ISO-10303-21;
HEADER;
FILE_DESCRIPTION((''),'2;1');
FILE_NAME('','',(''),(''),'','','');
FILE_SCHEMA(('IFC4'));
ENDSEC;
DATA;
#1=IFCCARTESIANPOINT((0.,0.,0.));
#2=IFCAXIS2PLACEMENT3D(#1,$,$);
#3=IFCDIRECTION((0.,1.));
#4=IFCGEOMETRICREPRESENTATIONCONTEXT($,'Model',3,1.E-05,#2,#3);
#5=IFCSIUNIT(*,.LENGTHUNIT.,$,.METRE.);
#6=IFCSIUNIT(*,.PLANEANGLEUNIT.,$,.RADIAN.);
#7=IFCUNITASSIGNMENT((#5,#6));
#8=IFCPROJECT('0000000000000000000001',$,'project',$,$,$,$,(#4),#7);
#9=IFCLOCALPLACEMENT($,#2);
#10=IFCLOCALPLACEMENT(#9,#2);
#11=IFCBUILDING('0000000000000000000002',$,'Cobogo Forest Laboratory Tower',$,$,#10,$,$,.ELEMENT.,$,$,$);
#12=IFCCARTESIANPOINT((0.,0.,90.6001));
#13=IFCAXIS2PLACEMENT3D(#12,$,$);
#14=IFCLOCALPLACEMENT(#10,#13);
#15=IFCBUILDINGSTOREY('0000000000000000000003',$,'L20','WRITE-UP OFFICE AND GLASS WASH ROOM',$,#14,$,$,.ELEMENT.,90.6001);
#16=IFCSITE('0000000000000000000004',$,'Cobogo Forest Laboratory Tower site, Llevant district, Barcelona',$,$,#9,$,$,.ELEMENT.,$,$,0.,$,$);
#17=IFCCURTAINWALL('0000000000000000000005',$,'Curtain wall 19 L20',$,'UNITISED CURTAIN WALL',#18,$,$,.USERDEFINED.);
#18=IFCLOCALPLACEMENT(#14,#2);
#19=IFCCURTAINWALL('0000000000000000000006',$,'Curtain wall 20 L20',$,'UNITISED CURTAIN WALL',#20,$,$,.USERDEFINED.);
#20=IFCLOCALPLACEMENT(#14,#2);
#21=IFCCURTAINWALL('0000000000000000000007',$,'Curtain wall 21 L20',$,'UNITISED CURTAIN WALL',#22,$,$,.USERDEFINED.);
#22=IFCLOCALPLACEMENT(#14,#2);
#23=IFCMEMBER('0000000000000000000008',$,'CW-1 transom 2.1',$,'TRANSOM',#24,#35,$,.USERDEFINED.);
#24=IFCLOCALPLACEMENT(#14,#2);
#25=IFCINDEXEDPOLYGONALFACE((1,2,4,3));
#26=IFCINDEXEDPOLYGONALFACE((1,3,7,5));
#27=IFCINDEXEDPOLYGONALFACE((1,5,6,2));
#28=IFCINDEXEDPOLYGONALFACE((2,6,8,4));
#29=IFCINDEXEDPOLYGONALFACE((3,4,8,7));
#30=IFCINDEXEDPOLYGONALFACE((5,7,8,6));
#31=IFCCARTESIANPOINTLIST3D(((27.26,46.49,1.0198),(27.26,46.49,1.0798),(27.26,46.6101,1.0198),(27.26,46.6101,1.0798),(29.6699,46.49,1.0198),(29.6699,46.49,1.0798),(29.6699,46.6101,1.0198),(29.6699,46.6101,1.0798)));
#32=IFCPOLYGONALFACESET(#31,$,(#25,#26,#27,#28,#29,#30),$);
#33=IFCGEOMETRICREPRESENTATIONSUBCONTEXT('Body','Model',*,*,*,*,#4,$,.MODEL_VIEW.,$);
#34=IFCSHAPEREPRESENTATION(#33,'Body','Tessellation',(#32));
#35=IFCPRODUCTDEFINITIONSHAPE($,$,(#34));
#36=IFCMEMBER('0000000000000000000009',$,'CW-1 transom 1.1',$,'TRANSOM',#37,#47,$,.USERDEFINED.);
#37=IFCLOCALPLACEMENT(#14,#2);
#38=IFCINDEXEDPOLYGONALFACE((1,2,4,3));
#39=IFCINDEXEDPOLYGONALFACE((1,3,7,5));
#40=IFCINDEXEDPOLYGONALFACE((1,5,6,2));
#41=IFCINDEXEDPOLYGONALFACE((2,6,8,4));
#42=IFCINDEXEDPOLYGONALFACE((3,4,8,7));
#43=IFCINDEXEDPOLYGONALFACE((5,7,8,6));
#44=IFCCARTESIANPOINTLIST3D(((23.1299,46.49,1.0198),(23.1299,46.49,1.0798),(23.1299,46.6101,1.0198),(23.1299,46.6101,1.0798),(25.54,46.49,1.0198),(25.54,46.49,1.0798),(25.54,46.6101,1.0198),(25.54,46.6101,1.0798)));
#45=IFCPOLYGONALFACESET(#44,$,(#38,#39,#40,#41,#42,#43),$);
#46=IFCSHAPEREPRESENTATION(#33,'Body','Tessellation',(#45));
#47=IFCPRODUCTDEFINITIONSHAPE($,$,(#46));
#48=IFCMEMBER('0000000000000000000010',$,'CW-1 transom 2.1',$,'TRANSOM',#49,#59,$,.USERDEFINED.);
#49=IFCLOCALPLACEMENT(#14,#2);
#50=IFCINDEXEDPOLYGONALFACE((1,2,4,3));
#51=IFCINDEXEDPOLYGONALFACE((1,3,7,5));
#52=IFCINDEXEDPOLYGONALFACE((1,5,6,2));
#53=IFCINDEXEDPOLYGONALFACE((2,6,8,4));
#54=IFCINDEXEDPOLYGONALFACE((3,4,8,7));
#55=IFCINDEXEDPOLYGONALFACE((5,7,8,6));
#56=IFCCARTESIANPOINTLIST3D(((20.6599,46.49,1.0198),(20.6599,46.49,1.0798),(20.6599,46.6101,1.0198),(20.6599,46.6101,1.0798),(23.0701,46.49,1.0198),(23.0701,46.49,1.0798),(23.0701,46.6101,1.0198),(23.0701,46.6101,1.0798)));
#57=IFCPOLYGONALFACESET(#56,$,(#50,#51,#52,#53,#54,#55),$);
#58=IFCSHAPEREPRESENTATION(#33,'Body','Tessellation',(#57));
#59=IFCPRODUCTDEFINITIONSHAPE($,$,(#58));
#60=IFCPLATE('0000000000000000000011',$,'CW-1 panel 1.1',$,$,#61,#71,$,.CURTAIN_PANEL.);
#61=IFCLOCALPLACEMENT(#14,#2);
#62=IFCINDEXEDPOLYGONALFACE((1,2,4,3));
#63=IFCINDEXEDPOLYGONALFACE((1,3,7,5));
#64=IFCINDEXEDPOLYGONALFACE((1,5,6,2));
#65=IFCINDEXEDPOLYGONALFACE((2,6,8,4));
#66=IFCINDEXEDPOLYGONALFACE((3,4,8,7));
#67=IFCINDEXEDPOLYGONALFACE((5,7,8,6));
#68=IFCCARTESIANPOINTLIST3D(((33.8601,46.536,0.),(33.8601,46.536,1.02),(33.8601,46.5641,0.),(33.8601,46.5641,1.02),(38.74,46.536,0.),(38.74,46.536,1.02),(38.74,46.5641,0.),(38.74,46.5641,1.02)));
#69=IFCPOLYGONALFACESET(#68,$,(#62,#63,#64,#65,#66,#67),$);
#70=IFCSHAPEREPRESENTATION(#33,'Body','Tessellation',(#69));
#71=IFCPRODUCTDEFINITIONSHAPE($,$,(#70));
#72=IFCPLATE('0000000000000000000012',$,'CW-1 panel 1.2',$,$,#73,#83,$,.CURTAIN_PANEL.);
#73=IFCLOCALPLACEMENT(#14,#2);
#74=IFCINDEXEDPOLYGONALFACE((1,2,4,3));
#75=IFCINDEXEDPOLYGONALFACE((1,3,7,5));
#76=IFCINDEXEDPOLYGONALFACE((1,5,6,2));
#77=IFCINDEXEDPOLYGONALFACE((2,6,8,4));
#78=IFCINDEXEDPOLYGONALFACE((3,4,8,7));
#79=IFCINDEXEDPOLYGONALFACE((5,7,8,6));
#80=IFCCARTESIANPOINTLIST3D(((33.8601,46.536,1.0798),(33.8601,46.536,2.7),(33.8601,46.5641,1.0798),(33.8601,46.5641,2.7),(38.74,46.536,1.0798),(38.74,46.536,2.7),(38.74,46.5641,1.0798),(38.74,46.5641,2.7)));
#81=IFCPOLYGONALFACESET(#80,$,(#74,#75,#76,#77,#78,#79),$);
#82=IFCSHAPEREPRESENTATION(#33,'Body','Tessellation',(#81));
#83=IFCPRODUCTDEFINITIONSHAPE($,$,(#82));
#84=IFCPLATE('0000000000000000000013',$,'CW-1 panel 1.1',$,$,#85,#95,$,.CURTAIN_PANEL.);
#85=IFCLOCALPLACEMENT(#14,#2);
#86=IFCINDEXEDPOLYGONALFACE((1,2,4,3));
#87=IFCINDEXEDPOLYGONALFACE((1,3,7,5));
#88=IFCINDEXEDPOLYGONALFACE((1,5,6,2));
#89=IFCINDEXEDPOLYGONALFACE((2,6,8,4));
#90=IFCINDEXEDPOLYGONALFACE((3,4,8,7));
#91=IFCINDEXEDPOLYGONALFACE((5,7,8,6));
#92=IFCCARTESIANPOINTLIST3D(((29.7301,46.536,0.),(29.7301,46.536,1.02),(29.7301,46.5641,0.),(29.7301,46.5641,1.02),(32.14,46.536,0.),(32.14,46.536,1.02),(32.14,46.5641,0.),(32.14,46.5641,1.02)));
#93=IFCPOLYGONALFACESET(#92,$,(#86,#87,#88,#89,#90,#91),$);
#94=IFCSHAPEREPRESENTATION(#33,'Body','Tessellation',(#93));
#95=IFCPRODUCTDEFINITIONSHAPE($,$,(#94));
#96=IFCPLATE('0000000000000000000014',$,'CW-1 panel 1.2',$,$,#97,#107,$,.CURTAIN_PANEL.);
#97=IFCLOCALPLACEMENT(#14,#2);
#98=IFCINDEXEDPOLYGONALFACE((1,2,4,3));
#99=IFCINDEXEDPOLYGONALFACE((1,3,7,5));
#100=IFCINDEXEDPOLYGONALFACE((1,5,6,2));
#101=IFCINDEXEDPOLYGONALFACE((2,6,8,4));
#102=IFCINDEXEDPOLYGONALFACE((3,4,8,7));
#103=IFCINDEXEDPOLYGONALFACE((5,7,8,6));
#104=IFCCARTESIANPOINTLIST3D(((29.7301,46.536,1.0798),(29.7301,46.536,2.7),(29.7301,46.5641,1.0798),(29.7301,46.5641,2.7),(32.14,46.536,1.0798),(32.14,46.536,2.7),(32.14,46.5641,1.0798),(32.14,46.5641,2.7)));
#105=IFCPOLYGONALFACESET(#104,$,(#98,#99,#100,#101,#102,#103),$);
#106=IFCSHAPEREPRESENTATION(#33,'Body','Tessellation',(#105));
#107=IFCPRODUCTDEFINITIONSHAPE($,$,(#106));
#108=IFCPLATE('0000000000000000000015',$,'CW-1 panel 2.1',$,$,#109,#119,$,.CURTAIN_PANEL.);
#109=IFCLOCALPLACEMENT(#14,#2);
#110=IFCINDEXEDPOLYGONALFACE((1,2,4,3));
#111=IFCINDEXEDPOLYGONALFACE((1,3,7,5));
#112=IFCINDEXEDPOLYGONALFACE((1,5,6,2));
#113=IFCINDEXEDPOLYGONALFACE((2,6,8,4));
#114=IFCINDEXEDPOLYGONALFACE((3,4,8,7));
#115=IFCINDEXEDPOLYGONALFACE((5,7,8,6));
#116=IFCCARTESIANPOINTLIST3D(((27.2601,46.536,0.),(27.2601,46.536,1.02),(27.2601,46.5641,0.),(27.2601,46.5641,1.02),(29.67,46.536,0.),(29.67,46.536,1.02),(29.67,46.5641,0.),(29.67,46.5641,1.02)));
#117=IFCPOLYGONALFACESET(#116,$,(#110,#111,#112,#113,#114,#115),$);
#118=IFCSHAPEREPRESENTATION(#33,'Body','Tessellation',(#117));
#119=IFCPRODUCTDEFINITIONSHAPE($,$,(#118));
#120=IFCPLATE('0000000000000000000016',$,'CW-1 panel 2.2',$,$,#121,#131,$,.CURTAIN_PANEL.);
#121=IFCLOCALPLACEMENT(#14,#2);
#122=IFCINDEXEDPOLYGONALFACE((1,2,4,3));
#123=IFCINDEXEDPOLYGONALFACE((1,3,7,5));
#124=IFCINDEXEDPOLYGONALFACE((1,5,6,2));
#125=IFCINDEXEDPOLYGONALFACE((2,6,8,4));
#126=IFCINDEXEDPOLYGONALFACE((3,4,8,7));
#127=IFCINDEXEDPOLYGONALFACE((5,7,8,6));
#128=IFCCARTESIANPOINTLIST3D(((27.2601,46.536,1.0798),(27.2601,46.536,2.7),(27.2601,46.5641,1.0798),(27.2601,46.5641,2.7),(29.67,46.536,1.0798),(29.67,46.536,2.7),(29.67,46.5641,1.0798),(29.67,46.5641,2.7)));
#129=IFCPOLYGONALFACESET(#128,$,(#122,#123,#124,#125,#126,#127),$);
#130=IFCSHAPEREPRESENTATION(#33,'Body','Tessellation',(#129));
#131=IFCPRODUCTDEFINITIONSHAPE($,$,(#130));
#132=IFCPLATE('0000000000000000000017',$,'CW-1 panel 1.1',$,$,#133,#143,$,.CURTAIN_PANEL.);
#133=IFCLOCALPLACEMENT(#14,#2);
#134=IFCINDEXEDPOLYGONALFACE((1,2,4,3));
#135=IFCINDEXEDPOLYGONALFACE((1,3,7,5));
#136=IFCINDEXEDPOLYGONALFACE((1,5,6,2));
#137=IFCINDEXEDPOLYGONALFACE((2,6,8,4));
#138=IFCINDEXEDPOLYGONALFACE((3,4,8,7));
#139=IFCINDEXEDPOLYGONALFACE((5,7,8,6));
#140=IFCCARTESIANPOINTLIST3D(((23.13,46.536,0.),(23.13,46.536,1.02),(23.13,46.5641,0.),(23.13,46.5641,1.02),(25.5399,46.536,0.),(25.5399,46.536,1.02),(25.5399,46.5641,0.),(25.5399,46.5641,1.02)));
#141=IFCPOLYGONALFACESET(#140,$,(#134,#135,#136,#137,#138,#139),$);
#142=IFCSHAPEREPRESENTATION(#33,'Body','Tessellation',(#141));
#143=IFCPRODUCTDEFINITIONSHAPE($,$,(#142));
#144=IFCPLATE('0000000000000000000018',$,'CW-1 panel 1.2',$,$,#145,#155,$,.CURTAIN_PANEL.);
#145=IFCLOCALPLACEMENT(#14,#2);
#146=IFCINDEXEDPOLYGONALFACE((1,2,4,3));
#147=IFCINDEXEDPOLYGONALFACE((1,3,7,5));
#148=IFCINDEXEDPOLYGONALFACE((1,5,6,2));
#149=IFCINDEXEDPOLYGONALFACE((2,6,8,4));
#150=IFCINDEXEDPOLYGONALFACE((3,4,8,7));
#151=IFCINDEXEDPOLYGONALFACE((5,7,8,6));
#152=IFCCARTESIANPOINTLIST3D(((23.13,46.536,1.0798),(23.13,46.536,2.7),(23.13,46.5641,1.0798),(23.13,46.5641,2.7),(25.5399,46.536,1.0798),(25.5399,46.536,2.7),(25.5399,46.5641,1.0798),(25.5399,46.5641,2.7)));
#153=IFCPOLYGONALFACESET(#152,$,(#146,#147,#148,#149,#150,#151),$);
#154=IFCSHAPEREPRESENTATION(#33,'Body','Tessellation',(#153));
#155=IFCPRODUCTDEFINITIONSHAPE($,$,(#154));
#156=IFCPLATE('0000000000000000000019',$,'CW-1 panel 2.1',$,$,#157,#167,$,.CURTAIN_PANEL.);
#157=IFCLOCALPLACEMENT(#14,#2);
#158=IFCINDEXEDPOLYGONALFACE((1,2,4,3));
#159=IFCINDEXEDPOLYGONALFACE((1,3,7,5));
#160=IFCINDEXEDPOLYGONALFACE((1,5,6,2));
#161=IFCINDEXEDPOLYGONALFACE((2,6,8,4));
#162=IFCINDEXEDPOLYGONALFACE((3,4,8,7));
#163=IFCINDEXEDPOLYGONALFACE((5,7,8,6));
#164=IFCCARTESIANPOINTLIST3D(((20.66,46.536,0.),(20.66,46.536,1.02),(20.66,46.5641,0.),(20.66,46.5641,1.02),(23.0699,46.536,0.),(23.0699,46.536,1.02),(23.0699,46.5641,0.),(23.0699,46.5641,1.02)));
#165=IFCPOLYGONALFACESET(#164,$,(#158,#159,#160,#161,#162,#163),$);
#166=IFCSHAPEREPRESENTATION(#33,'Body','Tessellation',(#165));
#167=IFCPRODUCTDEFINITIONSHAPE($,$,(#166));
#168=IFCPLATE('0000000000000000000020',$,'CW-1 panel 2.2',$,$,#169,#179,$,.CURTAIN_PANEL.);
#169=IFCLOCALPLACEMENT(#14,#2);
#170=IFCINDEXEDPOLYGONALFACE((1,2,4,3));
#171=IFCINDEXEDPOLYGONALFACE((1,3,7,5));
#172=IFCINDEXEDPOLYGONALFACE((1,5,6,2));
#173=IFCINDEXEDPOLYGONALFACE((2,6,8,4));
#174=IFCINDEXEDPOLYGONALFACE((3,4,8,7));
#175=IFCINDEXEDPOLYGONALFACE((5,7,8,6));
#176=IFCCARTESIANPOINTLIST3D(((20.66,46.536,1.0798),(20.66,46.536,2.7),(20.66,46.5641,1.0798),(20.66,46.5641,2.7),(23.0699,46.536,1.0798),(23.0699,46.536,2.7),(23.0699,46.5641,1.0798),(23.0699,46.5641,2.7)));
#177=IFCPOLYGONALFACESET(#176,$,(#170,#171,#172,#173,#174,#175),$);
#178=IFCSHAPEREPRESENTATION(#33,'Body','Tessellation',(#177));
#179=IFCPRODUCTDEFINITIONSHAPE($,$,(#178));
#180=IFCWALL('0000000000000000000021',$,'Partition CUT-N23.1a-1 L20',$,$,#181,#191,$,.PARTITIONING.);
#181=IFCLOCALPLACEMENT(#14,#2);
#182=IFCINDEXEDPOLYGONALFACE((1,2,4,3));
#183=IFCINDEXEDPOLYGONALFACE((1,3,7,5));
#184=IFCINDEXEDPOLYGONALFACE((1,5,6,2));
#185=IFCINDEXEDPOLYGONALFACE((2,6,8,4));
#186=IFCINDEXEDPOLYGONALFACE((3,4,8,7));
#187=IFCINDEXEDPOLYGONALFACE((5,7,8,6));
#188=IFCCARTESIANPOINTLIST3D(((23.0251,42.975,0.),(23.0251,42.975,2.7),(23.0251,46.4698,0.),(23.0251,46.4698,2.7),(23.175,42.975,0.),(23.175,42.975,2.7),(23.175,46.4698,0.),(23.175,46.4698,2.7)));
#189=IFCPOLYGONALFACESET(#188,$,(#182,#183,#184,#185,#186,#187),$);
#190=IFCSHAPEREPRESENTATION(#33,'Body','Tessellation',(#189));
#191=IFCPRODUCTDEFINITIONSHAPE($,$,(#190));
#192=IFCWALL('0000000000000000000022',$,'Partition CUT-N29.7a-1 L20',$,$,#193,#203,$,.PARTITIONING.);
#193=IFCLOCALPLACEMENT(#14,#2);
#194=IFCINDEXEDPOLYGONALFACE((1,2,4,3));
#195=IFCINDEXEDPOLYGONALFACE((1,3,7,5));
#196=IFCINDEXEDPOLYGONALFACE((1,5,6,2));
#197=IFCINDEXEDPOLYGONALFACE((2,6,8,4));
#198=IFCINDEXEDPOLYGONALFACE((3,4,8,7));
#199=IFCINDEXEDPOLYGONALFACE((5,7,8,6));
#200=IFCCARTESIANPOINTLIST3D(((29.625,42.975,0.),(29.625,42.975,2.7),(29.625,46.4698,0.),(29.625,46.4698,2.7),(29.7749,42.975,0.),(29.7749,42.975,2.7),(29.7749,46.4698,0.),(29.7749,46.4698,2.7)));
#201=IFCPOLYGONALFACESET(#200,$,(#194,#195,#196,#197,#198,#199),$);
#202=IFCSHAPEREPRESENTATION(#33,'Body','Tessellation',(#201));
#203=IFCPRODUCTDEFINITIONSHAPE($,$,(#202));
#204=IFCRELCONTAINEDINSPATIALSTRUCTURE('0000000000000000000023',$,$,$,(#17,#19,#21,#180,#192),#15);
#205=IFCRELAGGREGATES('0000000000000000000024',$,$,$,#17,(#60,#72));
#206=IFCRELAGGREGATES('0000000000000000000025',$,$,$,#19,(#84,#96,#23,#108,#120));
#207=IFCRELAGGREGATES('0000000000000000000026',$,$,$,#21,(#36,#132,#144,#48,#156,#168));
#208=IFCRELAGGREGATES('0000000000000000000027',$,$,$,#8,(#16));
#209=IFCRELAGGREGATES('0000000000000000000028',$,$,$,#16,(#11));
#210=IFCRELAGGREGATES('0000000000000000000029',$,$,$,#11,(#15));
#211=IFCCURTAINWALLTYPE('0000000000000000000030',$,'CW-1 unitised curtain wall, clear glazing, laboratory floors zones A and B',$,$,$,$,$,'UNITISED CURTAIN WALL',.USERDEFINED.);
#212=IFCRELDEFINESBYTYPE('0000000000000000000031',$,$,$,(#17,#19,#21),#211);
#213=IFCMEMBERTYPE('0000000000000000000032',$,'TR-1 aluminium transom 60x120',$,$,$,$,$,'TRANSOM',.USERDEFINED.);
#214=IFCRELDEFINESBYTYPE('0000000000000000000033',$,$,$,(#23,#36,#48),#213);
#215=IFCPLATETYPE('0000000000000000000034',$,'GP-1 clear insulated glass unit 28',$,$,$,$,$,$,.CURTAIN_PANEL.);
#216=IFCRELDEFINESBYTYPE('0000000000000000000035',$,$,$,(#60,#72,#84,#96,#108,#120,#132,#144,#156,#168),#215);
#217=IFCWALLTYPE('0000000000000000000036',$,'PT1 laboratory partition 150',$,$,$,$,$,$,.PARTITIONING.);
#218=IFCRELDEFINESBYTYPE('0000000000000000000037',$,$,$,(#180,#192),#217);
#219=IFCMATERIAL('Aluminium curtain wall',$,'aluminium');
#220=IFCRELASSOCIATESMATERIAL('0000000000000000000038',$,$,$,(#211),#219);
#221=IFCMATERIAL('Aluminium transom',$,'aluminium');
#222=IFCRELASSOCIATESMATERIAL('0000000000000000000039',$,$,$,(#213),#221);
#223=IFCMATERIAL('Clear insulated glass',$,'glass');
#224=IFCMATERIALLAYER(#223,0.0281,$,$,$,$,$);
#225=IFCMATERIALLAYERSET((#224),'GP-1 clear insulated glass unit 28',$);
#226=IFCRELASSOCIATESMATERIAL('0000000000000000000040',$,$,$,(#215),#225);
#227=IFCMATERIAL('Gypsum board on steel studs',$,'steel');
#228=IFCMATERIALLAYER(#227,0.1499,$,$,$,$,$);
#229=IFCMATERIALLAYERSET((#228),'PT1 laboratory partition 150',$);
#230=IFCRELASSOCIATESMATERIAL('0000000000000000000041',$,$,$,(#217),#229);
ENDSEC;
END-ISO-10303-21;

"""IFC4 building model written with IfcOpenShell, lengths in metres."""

from ifc_helpers import new_model, si_unit, direction, frame, frame_2d, origin, origin_2d, place, context, subcontext, project, spatial, rectangle, extrude, material, layer, layer_set, material_profile, profile_set, type_object, element, aggregate, save


model = new_model("IFC4")

# Units and contexts
model_context = context("Model", 3, precision=1e-05, world=origin(), true_north=direction((0.0, 1.0)))
body_context = subcontext(model_context, "Body", "Model", "MODEL_VIEW")
ifc_project = project(units=[si_unit("LENGTHUNIT", "METRE"), si_unit("PLANEANGLEUNIT", "RADIAN")], contexts=[model_context])

# Site, building, storey
site_placement = place(None, origin())
site = spatial("IfcSite", under=ifc_project, at=site_placement, Name="Cobogo Forest Laboratory Tower site, Llevant district, Barcelona", CompositionType="ELEMENT", RefElevation=0.0)
building_placement = place(site_placement, origin())
building = spatial("IfcBuilding", under=site, at=building_placement, Name="Cobogo Forest Laboratory Tower", CompositionType="ELEMENT")
storey_placement = place(building_placement, frame((0.0, 0.0, 90.6001)))
storey = spatial("IfcBuildingStorey", under=building, at=storey_placement, Name="L20", Description="WRITE-UP OFFICE AND GLASS WASH ROOM", CompositionType="ELEMENT", Elevation=90.6001)

# Curtain walls
ifc_material_1 = material(Name="Aluminium curtain wall", Category="aluminium")
curtain_wall_type = type_object("IfcCurtainWallType", Name="CW-1 unitised curtain wall, clear glazing, laboratory floors zones A and B", ElementType="UNITISED CURTAIN WALL", PredefinedType="USERDEFINED", material=ifc_material_1)
curtain_wall_1_placement = place(storey_placement, origin())
curtain_wall_1 = element("IfcCurtainWall", 1, at=curtain_wall_1_placement, inside=storey, type_object=curtain_wall_type, Name="Curtain wall 19 L20", ObjectType="UNITISED CURTAIN WALL", PredefinedType="USERDEFINED")
curtain_wall_2_placement = place(storey_placement, origin())
curtain_wall_2 = element("IfcCurtainWall", 2, at=curtain_wall_2_placement, inside=storey, type_object=curtain_wall_type, Name="Curtain wall 20 L20", ObjectType="UNITISED CURTAIN WALL", PredefinedType="USERDEFINED")
curtain_wall_3_placement = place(storey_placement, origin())
curtain_wall_3 = element("IfcCurtainWall", 3, at=curtain_wall_3_placement, inside=storey, type_object=curtain_wall_type, Name="Curtain wall 21 L20", ObjectType="UNITISED CURTAIN WALL", PredefinedType="USERDEFINED")

# Members
ifc_material_2 = material(Name="Aluminium transom", Category="aluminium")
ifc_material_profile_1 = material_profile(ifc_material_2, rectangle(XDim=0.1201, YDim=0.0601, at=origin_2d()), Name="AL 60x120")
ifc_profile_set_1 = profile_set([ifc_material_profile_1], Name="Aluminium transom")
member_type_1 = type_object("IfcMemberType", Name="TR-1 aluminium transom 60x120", ElementType="TRANSOM", PredefinedType="USERDEFINED", material=ifc_profile_set_1)
member_1_placement = place(storey_placement, frame((29.6699, 46.55, 1.0498), z_axis=(-1.0, 0.0, 0.0), x_axis=(0.0, -1.0, 0.0)))
member_1 = element("IfcMember", 4, at=member_1_placement, type_object=member_type_1, Name="CW-1 transom 2.1", ObjectType="TRANSOM", PredefinedType="USERDEFINED", context=body_context, shape_type="SweptSolid", body=[
    extrude(rectangle(XDim=0.1201, YDim=0.0601, at=origin_2d()), origin(), (0.0, 0.0, 1.0), 2.4099),
])
member_2_placement = place(storey_placement, frame((25.54, 46.55, 1.0498), z_axis=(-1.0, 0.0, 0.0), x_axis=(0.0, -1.0, 0.0)))
member_2 = element("IfcMember", 5, at=member_2_placement, type_object=member_type_1, Name="CW-1 transom 1.1", ObjectType="TRANSOM", PredefinedType="USERDEFINED", context=body_context, shape_type="SweptSolid", body=[
    extrude(rectangle(XDim=0.1201, YDim=0.0601, at=origin_2d()), origin(), (0.0, 0.0, 1.0), 2.4102),
])
member_3_placement = place(storey_placement, frame((23.0701, 46.55, 1.0498), z_axis=(-1.0, 0.0, 0.0), x_axis=(0.0, -1.0, 0.0)))
member_3 = element("IfcMember", 6, at=member_3_placement, type_object=member_type_1, Name="CW-1 transom 2.1", ObjectType="TRANSOM", PredefinedType="USERDEFINED", context=body_context, shape_type="SweptSolid", body=[
    extrude(rectangle(XDim=0.1201, YDim=0.0601, at=origin_2d()), origin(), (0.0, 0.0, 1.0), 2.4102),
])

# Plates
ifc_material_3 = material(Name="Clear insulated glass", Category="glass")
ifc_layer_1 = layer(ifc_material_3, 0.0281)
ifc_layer_set_1 = layer_set([ifc_layer_1], Name="GP-1 clear insulated glass unit 28")
plate_type_1 = type_object("IfcPlateType", Name="GP-1 clear insulated glass unit 28", PredefinedType="CURTAIN_PANEL", material=ifc_layer_set_1)
plate_1_placement = place(storey_placement, frame((36.3, 46.55, 0.0), z_axis=(0.0, 0.0, 1.0), x_axis=(-1.0, 0.0, 0.0)))
plate_1 = element("IfcPlate", 7, at=plate_1_placement, type_object=plate_type_1, Name="CW-1 panel 1.1", PredefinedType="CURTAIN_PANEL", context=body_context, shape_type="SweptSolid", body=[
    extrude(rectangle(XDim=4.8799, YDim=0.0281, at=origin_2d()), origin(), (0.0, 0.0, 1.0), 1.02),
])
plate_2_placement = place(storey_placement, frame((36.3, 46.55, 1.0798), z_axis=(0.0, 0.0, 1.0), x_axis=(-1.0, 0.0, 0.0)))
plate_2 = element("IfcPlate", 8, at=plate_2_placement, type_object=plate_type_1, Name="CW-1 panel 1.2", PredefinedType="CURTAIN_PANEL", context=body_context, shape_type="SweptSolid", body=[
    extrude(rectangle(XDim=4.8799, YDim=0.0281, at=origin_2d()), origin(), (0.0, 0.0, 1.0), 1.6201),
])
aggregate(curtain_wall_1, [plate_1, plate_2])
plate_3_placement = place(storey_placement, frame((30.9351, 46.55, 0.0), z_axis=(0.0, 0.0, 1.0), x_axis=(-1.0, 0.0, 0.0)))
plate_3 = element("IfcPlate", 9, at=plate_3_placement, type_object=plate_type_1, Name="CW-1 panel 1.1", PredefinedType="CURTAIN_PANEL", context=body_context, shape_type="SweptSolid", body=[
    extrude(rectangle(XDim=2.4099, YDim=0.0281, at=origin_2d()), origin(), (0.0, 0.0, 1.0), 1.02),
])
plate_4_placement = place(storey_placement, frame((30.9351, 46.55, 1.0798), z_axis=(0.0, 0.0, 1.0), x_axis=(-1.0, 0.0, 0.0)))
plate_4 = element("IfcPlate", 10, at=plate_4_placement, type_object=plate_type_1, Name="CW-1 panel 1.2", PredefinedType="CURTAIN_PANEL", context=body_context, shape_type="SweptSolid", body=[
    extrude(rectangle(XDim=2.4099, YDim=0.0281, at=origin_2d()), origin(), (0.0, 0.0, 1.0), 1.6201),
])
plate_5_placement = place(storey_placement, frame((28.4651, 46.55, 0.0), z_axis=(0.0, 0.0, 1.0), x_axis=(-1.0, 0.0, 0.0)))
plate_5 = element("IfcPlate", 11, at=plate_5_placement, type_object=plate_type_1, Name="CW-1 panel 2.1", PredefinedType="CURTAIN_PANEL", context=body_context, shape_type="SweptSolid", body=[
    extrude(rectangle(XDim=2.4099, YDim=0.0281, at=origin_2d()), origin(), (0.0, 0.0, 1.0), 1.02),
])
plate_6_placement = place(storey_placement, frame((28.4651, 46.55, 1.0798), z_axis=(0.0, 0.0, 1.0), x_axis=(-1.0, 0.0, 0.0)))
plate_6 = element("IfcPlate", 12, at=plate_6_placement, type_object=plate_type_1, Name="CW-1 panel 2.2", PredefinedType="CURTAIN_PANEL", context=body_context, shape_type="SweptSolid", body=[
    extrude(rectangle(XDim=2.4099, YDim=0.0281, at=origin_2d()), origin(), (0.0, 0.0, 1.0), 1.6201),
])
aggregate(curtain_wall_2, [plate_3, plate_4, member_1, plate_5, plate_6])
plate_7_placement = place(storey_placement, frame((24.335, 46.55, 0.0), z_axis=(0.0, 0.0, 1.0), x_axis=(-1.0, 0.0, 0.0)))
plate_7 = element("IfcPlate", 13, at=plate_7_placement, type_object=plate_type_1, Name="CW-1 panel 1.1", PredefinedType="CURTAIN_PANEL", context=body_context, shape_type="SweptSolid", body=[
    extrude(rectangle(XDim=2.4099, YDim=0.0281, at=origin_2d()), origin(), (0.0, 0.0, 1.0), 1.02),
])
plate_8_placement = place(storey_placement, frame((24.335, 46.55, 1.0798), z_axis=(0.0, 0.0, 1.0), x_axis=(-1.0, 0.0, 0.0)))
plate_8 = element("IfcPlate", 14, at=plate_8_placement, type_object=plate_type_1, Name="CW-1 panel 1.2", PredefinedType="CURTAIN_PANEL", context=body_context, shape_type="SweptSolid", body=[
    extrude(rectangle(XDim=2.4099, YDim=0.0281, at=origin_2d()), origin(), (0.0, 0.0, 1.0), 1.6201),
])
plate_9_placement = place(storey_placement, frame((21.865, 46.55, 0.0), z_axis=(0.0, 0.0, 1.0), x_axis=(-1.0, 0.0, 0.0)))
plate_9 = element("IfcPlate", 15, at=plate_9_placement, type_object=plate_type_1, Name="CW-1 panel 2.1", PredefinedType="CURTAIN_PANEL", context=body_context, shape_type="SweptSolid", body=[
    extrude(rectangle(XDim=2.4099, YDim=0.0281, at=origin_2d()), origin(), (0.0, 0.0, 1.0), 1.02),
])
plate_10_placement = place(storey_placement, frame((21.865, 46.55, 1.0798), z_axis=(0.0, 0.0, 1.0), x_axis=(-1.0, 0.0, 0.0)))
plate_10 = element("IfcPlate", 16, at=plate_10_placement, type_object=plate_type_1, Name="CW-1 panel 2.2", PredefinedType="CURTAIN_PANEL", context=body_context, shape_type="SweptSolid", body=[
    extrude(rectangle(XDim=2.4099, YDim=0.0281, at=origin_2d()), origin(), (0.0, 0.0, 1.0), 1.6201),
])
aggregate(curtain_wall_3, [member_2, plate_7, plate_8, member_3, plate_9, plate_10])

# Walls
ifc_material_4 = material(Name="Gypsum board on steel studs", Category="steel")
ifc_layer_2 = layer(ifc_material_4, 0.1499)
ifc_layer_set_2 = layer_set([ifc_layer_2], Name="PT1 laboratory partition 150")
wall_type = type_object("IfcWallType", Name="PT1 laboratory partition 150", PredefinedType="PARTITIONING", material=ifc_layer_set_2)
for number, where, z_axis, x_axis, name in (
    (17, (23.1001, 46.47, 0.0), (0.0, 0.0, 1.0), (0.0, -1.0, 0.0), "Partition CUT-N23.1a-1 L20"),
    (18, (29.7, 46.47, 0.0), (0.0, 0.0, 1.0), (0.0, -1.0, 0.0), "Partition CUT-N29.7a-1 L20"),
):
    element("IfcWall", number, at=place(storey_placement, frame(where, z_axis=z_axis, x_axis=x_axis)), inside=storey, type_object=wall_type, Name=name, PredefinedType="PARTITIONING", context=body_context, shape_type="SweptSolid", body=[
        extrude(rectangle(XDim=3.4949, YDim=0.1499, at=frame_2d((1.7476, 0.0))), origin(), (0.0, 0.0, 1.0), 2.7),
    ])

save(model, "model.ifc")
